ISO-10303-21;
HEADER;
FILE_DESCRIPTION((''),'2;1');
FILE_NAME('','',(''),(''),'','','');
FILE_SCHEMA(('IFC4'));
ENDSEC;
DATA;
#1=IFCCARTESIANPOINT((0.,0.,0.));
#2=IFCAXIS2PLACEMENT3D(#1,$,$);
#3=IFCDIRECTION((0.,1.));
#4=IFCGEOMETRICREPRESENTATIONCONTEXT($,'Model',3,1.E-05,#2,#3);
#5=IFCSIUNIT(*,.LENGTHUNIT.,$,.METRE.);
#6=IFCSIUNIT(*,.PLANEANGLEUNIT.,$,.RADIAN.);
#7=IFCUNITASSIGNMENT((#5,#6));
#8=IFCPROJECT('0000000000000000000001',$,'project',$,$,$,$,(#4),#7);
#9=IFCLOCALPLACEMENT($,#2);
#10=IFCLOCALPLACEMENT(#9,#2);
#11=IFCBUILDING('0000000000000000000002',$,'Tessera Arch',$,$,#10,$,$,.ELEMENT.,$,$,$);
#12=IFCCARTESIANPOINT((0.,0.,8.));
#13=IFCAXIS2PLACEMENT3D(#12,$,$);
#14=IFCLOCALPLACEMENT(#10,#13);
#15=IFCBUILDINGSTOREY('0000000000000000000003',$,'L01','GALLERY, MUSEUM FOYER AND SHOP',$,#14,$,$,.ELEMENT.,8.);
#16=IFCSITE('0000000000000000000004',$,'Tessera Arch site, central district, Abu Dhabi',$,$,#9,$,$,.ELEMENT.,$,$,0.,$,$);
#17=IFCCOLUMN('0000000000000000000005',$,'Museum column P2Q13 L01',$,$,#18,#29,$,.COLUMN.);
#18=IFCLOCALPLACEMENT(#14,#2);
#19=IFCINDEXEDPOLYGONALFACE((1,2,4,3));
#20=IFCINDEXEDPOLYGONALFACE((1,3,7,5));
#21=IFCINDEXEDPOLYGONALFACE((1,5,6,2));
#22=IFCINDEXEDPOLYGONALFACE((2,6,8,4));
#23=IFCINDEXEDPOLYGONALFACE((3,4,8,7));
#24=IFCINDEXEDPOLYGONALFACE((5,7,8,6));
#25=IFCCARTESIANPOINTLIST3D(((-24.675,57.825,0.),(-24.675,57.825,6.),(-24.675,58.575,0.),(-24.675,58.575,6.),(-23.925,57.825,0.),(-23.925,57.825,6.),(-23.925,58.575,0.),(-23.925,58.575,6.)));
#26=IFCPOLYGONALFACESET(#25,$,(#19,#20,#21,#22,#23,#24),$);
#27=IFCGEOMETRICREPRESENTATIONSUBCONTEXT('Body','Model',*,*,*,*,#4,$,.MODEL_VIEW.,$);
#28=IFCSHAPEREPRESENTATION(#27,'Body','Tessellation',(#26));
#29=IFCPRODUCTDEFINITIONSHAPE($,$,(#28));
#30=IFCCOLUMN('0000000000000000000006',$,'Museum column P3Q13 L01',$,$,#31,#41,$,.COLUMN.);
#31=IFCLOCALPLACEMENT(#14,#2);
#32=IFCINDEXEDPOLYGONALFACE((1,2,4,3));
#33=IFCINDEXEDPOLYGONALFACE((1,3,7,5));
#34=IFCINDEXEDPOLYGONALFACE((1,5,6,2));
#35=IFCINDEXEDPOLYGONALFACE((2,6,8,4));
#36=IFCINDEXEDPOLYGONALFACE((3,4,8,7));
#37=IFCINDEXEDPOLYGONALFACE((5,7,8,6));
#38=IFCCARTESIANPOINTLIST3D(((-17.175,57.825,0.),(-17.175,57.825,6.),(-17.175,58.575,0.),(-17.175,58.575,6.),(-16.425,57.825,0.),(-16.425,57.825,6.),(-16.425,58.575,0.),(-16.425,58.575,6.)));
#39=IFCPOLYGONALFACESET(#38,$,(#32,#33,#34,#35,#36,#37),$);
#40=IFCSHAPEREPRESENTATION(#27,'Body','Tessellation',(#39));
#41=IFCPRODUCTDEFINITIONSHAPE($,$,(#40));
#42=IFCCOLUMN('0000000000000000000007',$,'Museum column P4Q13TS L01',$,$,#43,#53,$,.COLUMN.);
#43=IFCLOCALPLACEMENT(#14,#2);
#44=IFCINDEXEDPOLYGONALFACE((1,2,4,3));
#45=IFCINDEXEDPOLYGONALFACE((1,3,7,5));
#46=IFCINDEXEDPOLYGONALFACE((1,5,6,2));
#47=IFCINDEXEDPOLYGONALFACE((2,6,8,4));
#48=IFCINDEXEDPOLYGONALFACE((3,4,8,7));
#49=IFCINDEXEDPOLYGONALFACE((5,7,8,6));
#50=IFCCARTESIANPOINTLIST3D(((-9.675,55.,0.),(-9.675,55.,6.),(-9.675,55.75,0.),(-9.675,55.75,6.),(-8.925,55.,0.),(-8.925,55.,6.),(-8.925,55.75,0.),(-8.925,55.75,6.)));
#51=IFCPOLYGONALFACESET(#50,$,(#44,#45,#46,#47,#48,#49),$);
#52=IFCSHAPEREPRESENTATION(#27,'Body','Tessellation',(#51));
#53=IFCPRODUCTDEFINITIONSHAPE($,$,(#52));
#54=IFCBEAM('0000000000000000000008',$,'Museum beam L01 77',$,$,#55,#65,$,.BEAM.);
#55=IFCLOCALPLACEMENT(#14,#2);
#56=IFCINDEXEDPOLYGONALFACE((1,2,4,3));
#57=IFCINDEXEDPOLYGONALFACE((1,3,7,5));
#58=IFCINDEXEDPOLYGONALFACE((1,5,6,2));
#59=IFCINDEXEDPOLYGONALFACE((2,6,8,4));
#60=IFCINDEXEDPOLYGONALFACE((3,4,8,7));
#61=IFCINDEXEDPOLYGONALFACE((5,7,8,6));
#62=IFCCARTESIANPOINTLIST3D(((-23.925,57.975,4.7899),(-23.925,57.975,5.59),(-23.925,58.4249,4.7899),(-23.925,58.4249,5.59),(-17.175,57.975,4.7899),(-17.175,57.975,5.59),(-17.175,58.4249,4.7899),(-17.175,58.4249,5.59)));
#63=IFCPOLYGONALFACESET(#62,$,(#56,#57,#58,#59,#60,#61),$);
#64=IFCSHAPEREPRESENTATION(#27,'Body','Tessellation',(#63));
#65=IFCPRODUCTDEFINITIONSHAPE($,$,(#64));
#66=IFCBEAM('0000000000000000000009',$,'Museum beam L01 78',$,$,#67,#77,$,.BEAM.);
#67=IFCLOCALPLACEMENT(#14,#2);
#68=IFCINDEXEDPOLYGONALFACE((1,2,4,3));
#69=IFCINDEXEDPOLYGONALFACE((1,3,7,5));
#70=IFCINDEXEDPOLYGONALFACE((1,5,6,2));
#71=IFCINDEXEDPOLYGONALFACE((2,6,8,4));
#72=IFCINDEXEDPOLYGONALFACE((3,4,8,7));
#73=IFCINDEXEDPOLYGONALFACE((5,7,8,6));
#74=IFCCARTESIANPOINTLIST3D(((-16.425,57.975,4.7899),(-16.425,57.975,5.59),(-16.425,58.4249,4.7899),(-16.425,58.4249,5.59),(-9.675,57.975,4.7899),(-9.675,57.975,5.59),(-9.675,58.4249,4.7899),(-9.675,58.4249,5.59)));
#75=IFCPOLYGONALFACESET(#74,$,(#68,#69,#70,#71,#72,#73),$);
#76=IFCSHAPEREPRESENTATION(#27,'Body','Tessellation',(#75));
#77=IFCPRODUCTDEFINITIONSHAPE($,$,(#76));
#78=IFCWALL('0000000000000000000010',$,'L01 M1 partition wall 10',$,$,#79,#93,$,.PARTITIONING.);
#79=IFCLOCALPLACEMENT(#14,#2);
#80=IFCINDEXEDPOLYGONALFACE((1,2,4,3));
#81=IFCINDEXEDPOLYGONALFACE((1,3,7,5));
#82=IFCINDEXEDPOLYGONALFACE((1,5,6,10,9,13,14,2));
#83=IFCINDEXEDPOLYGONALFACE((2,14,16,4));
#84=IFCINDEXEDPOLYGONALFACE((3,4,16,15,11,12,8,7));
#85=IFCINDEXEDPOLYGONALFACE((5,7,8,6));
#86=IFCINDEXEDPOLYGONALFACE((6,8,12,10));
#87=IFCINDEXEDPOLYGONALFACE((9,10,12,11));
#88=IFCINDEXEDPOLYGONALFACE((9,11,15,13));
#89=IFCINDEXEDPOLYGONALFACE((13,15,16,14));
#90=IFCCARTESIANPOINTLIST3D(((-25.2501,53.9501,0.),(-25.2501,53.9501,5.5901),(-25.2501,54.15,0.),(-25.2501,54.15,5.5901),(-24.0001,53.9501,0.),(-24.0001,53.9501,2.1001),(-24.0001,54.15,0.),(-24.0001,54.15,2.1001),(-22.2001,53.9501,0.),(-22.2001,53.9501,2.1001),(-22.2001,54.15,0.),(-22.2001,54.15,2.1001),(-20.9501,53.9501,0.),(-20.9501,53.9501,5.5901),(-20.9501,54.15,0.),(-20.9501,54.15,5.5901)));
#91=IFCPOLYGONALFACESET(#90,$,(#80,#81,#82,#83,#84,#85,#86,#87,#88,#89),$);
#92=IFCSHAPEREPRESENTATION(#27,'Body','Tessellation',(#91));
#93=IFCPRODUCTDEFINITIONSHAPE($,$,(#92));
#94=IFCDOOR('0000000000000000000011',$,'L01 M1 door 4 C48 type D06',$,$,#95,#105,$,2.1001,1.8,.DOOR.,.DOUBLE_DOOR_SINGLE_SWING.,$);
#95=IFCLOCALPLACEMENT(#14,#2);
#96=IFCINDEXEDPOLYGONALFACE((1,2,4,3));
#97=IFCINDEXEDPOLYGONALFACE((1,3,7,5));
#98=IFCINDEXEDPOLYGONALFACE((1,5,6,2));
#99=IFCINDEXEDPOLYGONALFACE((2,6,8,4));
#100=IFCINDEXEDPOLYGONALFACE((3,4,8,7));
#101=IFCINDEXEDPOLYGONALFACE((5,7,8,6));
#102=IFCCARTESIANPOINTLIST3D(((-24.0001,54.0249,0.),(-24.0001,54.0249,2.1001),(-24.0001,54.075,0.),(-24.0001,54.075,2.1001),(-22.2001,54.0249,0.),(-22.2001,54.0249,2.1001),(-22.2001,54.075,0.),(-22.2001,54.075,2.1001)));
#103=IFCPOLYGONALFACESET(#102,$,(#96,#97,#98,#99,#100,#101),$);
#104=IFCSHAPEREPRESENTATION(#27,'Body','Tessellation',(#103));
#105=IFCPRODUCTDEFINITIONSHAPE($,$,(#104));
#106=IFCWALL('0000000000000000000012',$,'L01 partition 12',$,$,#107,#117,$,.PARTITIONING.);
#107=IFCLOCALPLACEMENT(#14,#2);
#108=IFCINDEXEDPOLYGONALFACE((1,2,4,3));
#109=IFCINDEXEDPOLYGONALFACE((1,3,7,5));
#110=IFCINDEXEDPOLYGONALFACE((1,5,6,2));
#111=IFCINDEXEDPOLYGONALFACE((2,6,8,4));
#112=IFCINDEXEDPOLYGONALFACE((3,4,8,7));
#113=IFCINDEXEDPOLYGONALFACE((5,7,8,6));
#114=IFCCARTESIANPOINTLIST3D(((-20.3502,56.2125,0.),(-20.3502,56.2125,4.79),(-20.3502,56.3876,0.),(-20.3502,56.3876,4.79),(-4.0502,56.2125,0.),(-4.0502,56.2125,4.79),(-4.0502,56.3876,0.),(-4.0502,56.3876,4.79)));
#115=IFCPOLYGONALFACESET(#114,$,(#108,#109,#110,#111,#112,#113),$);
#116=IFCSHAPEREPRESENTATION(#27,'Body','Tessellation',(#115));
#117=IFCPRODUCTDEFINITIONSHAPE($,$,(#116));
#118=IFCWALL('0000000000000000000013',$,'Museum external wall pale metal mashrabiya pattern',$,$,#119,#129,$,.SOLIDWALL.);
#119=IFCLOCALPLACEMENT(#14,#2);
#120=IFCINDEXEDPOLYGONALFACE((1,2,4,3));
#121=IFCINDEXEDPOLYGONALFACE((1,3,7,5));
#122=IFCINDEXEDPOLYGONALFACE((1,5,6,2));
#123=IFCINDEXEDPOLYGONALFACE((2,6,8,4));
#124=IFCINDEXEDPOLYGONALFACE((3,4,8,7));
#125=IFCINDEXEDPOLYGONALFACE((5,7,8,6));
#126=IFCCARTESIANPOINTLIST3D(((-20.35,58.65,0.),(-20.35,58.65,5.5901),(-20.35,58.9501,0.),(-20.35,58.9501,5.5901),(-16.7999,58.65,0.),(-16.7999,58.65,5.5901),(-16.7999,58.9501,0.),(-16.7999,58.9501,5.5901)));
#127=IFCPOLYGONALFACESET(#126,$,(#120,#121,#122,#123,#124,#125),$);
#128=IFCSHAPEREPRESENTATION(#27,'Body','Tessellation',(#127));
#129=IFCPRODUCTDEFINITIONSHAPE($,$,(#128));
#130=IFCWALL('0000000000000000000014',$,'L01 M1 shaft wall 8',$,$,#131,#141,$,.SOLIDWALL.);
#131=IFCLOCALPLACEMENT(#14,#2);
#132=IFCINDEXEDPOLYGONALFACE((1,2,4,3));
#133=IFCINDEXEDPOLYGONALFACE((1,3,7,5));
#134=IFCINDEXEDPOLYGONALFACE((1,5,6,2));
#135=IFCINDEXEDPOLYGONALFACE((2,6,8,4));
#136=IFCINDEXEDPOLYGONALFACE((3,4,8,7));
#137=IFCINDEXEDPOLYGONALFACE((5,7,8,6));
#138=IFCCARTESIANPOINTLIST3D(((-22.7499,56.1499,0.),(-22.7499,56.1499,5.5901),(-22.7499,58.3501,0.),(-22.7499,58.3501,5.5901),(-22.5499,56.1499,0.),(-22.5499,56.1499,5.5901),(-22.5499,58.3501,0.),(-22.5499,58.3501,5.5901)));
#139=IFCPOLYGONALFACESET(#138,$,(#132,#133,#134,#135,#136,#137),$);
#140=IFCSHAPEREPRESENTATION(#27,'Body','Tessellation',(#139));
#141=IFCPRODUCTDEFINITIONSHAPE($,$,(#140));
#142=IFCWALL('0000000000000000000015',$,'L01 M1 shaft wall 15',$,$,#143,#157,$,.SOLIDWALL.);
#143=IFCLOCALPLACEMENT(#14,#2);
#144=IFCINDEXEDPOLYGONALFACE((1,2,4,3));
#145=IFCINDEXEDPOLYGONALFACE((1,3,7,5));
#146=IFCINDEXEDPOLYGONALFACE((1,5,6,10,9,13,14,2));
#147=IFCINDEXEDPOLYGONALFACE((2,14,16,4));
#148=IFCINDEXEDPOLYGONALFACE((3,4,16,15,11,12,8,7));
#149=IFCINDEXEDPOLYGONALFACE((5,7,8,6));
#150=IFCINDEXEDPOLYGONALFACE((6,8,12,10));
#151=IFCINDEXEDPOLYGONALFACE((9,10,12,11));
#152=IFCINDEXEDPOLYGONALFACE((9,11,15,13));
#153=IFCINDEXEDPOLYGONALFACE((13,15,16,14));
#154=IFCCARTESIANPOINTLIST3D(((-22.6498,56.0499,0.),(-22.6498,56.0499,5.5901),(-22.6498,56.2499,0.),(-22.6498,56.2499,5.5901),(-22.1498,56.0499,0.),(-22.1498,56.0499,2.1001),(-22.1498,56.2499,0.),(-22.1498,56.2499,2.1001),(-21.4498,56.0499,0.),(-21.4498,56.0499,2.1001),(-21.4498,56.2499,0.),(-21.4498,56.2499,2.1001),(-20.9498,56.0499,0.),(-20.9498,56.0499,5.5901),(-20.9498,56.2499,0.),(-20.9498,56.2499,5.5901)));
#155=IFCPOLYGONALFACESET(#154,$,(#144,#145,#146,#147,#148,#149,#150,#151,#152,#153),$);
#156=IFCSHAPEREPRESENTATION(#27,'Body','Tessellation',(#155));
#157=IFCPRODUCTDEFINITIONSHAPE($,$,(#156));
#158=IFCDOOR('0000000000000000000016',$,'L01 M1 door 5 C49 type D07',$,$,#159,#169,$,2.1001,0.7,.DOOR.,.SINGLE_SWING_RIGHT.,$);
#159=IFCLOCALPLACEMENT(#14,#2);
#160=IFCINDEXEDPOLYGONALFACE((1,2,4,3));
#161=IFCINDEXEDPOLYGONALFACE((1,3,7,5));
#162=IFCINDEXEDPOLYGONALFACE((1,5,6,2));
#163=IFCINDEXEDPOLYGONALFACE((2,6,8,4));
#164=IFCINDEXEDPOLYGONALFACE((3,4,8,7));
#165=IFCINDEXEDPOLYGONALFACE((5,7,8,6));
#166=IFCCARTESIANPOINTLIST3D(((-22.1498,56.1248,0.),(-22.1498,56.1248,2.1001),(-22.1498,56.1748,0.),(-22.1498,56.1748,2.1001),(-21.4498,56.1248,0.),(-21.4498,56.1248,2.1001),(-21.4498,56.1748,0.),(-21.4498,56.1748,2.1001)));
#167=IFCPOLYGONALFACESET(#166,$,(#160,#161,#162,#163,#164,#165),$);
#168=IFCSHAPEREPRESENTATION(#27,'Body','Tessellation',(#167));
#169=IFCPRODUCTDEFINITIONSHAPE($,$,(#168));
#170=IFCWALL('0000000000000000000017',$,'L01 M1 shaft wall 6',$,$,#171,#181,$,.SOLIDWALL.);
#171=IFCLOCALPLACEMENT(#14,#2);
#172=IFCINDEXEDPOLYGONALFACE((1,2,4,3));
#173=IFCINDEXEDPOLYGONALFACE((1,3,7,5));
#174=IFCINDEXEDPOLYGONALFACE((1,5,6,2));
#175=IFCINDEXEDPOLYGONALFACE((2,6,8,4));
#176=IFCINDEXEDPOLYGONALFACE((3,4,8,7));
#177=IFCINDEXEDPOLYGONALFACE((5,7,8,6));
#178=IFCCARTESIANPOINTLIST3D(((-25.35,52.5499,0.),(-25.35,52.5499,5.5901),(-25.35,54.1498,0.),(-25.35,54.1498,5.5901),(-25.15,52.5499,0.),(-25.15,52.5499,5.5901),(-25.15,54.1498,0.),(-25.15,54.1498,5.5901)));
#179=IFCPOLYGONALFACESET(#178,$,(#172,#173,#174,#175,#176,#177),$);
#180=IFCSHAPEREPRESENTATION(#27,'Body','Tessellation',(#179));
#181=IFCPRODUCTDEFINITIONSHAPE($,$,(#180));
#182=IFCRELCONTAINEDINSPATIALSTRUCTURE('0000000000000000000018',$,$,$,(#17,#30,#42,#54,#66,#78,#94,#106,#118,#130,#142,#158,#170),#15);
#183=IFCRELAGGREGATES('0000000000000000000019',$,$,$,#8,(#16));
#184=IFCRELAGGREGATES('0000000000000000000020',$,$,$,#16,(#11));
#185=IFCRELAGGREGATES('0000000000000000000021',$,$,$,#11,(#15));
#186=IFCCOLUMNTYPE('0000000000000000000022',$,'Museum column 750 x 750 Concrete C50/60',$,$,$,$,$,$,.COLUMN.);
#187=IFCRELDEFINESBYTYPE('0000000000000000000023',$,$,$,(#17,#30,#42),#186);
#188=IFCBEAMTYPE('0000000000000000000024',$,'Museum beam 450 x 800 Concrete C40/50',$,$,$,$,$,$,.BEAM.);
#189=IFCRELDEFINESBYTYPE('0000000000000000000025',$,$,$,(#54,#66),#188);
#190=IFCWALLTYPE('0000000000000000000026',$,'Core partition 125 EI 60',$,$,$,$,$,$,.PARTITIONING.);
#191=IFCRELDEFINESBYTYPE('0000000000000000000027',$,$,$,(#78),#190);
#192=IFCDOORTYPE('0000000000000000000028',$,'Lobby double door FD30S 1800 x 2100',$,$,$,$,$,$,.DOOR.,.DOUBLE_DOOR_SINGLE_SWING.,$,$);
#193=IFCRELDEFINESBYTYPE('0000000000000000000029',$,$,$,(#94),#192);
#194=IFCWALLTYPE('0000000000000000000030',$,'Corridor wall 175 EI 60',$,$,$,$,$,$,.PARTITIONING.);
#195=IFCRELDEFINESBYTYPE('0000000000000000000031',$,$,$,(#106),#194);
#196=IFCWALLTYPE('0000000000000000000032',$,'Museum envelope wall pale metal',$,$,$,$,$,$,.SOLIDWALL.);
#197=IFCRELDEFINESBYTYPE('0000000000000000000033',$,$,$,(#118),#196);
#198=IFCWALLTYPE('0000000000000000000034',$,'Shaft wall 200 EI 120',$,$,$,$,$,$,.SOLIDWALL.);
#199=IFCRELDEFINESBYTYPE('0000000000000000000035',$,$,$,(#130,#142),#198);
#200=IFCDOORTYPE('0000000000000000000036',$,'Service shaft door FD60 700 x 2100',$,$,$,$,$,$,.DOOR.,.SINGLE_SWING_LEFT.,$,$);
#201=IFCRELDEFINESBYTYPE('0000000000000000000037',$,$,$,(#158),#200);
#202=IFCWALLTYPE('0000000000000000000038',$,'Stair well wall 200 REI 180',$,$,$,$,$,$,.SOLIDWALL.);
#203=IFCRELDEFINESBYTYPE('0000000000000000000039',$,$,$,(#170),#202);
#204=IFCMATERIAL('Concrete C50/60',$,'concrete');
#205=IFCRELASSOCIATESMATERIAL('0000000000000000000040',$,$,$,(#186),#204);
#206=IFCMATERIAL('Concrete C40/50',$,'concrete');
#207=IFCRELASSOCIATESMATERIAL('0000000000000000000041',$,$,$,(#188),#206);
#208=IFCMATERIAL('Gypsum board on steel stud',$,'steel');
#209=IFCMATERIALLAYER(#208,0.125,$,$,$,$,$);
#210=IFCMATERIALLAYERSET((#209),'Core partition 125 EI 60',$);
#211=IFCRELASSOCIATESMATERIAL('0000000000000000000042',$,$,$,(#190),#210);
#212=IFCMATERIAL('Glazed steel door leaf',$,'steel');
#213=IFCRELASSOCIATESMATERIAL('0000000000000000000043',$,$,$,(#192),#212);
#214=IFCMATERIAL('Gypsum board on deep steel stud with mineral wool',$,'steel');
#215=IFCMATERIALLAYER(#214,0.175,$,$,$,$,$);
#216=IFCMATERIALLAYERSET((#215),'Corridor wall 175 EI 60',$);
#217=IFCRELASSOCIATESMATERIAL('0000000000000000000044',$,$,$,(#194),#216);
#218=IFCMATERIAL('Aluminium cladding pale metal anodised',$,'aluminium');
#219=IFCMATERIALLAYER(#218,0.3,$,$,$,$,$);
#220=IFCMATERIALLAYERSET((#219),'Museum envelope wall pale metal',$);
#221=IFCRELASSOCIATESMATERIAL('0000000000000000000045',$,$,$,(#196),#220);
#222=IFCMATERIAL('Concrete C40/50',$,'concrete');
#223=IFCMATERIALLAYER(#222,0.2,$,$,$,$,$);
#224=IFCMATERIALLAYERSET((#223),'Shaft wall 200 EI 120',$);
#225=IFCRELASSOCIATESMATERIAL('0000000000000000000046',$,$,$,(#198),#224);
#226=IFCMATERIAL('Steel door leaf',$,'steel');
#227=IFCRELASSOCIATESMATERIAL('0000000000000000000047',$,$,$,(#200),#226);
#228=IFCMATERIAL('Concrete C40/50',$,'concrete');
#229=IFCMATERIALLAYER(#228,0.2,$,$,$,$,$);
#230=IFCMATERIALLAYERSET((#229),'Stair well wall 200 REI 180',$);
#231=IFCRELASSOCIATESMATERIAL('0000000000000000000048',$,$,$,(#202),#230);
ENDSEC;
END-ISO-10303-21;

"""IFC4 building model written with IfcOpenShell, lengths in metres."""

from ifc_helpers import new_model, si_unit, direction, frame, frame_2d, origin, origin_2d, place, context, subcontext, project, spatial, rectangle, extrude, material, layer, layer_set, material_profile, profile_set, type_object, element, fill, save


model = new_model("IFC4")

# Units and contexts
model_context = context("Model", 3, precision=1e-05, world=origin(), true_north=direction((0.0, 1.0)))
body_context = subcontext(model_context, "Body", "Model", "MODEL_VIEW")
ifc_project = project(units=[si_unit("LENGTHUNIT", "METRE"), si_unit("PLANEANGLEUNIT", "RADIAN")], contexts=[model_context])

# Site, building, storey
site_placement = place(None, origin())
site = spatial("IfcSite", under=ifc_project, at=site_placement, Name="Tessera Arch site, central district, Abu Dhabi", CompositionType="ELEMENT", RefElevation=0.0)
building_placement = place(site_placement, origin())
building = spatial("IfcBuilding", under=site, at=building_placement, Name="Tessera Arch", CompositionType="ELEMENT")
storey_placement = place(building_placement, frame((0.0, 0.0, 8.0)))
storey = spatial("IfcBuildingStorey", under=building, at=storey_placement, Name="L01", Description="GALLERY, MUSEUM FOYER AND SHOP", CompositionType="ELEMENT", Elevation=8.0)

# Columns
ifc_material_1 = material(Name="Concrete C50/60", Category="concrete")
ifc_material_profile_1 = material_profile(ifc_material_1, rectangle(XDim=0.75, YDim=0.75, at=origin_2d()), Name="Museum column 750 x 750 Concrete C50/60")
ifc_profile_set_1 = profile_set([ifc_material_profile_1], Name="Concrete C50/60")
column_type = type_object("IfcColumnType", Name="Museum column 750 x 750 Concrete C50/60", PredefinedType="COLUMN", material=ifc_profile_set_1)
for number, where, z_axis, x_axis, name in (
    (1, (-24.3, 58.2, 0.0), (0.0, 0.0, 1.0), (1.0, 0.0, 0.0), "Museum column P2Q13 L01"),
    (2, (-16.8, 58.2, 0.0), (0.0, 0.0, 1.0), (1.0, 0.0, 0.0), "Museum column P3Q13 L01"),
    (3, (-9.3, 55.375, 0.0), (0.0, 0.0, 1.0), (1.0, 0.0, 0.0), "Museum column P4Q13TS L01"),
):
    element("IfcColumn", number, at=place(storey_placement, frame(where, z_axis=z_axis, x_axis=x_axis)), inside=storey, type_object=column_type, Name=name, PredefinedType="COLUMN", context=body_context, shape_type="SweptSolid", body=[
        extrude(rectangle(XDim=0.75, YDim=0.75, at=origin_2d()), origin(), (0.0, 0.0, 1.0), 6.0),
    ])

# Beams
ifc_material_2 = material(Name="Concrete C40/50", Category="concrete")
ifc_material_profile_2 = material_profile(ifc_material_2, rectangle(XDim=0.45, YDim=0.8, at=origin_2d()), Name="Museum beam 450 x 800 Concrete C40/50")
ifc_profile_set_2 = profile_set([ifc_material_profile_2], Name="Concrete C40/50")
beam_type = type_object("IfcBeamType", Name="Museum beam 450 x 800 Concrete C40/50", PredefinedType="BEAM", material=ifc_profile_set_2)
for number, where, z_axis, x_axis, name in (
    (4, (-23.925, 58.2, 5.1899), (1.0, 0.0, 0.0), (0.0, 1.0, 0.0), "Museum beam L01 77"),
    (5, (-16.425, 58.2, 5.1899), (1.0, 0.0, 0.0), (0.0, 1.0, 0.0), "Museum beam L01 78"),
):
    element("IfcBeam", number, at=place(storey_placement, frame(where, z_axis=z_axis, x_axis=x_axis)), inside=storey, type_object=beam_type, Name=name, PredefinedType="BEAM", context=body_context, shape_type="SweptSolid", body=[
        extrude(rectangle(XDim=0.45, YDim=0.8, at=origin_2d()), origin(), (0.0, 0.0, 1.0), 6.75),
    ])

# Wall, opening, door
ifc_material_3 = material(Name="Gypsum board on steel stud", Category="steel")
ifc_layer_1 = layer(ifc_material_3, 0.125)
ifc_layer_set_1 = layer_set([ifc_layer_1], Name="Core partition 125 EI 60")
wall_type_1 = type_object("IfcWallType", Name="Core partition 125 EI 60", PredefinedType="PARTITIONING", material=ifc_layer_set_1)
wall_1_placement = place(storey_placement, frame((-25.25, 54.05, 0.0), z_axis=(0.0, 0.0, 1.0), x_axis=(1.0, 0.0, 0.0)))
wall_1 = element("IfcWall", 6, at=wall_1_placement, inside=storey, type_object=wall_type_1, Name="L01 M1 partition wall 10", PredefinedType="PARTITIONING", context=body_context, shape_type="SweptSolid", body=[
    extrude(rectangle(XDim=4.3, YDim=0.2, at=frame_2d((2.1499, 0.0))), origin(), (0.0, 0.0, 1.0), 5.5901),
])
opening_1_placement = place(wall_1_placement, frame((1.25, 0.0, 0.0)))
opening_1 = element("IfcOpeningElement", 7, at=opening_1_placement, cuts=wall_1, PredefinedType="OPENING", context=body_context, shape_type="SweptSolid", body=[
    extrude(rectangle(XDim=1.8, YDim=2.1001, at=frame_2d((0.8999, 1.05))), frame((0.0, 0.1099, 0.0), z_axis=(0.0, -1.0, 0.0), x_axis=(1.0, 0.0, 0.0)), (0.0, 0.0, 1.0), 0.22),
])
ifc_material_4 = material(Name="Glazed steel door leaf", Category="steel")
door_type_1 = type_object("IfcDoorType", Name="Lobby double door FD30S 1800 x 2100", OperationType="DOUBLE_DOOR_SINGLE_SWING", PredefinedType="DOOR", material=ifc_material_4)
door_1_placement = place(opening_1_placement, origin())
door_1 = element("IfcDoor", 8, at=door_1_placement, inside=storey, type_object=door_type_1, Name="L01 M1 door 4 C48 type D06", OperationType="DOUBLE_DOOR_SINGLE_SWING", OverallHeight=2.1001, OverallWidth=1.8, PredefinedType="DOOR", context=body_context, shape_type="SweptSolid", body=[
    extrude(rectangle(XDim=1.8, YDim=2.1001, at=frame_2d((0.8999, 1.05))), frame((0.0, 0.0249, 0.0), z_axis=(0.0, -1.0, 0.0), x_axis=(1.0, 0.0, 0.0)), (0.0, 0.0, 1.0), 0.05),
])
fill(opening_1, door_1)

# Walls
ifc_material_5 = material(Name="Gypsum board on deep steel stud with mineral wool", Category="steel")
ifc_layer_2 = layer(ifc_material_5, 0.175)
ifc_layer_set_2 = layer_set([ifc_layer_2], Name="Corridor wall 175 EI 60")
wall_type_2 = type_object("IfcWallType", Name="Corridor wall 175 EI 60", PredefinedType="PARTITIONING", material=ifc_layer_set_2)
wall_2_placement = place(storey_placement, frame((-20.3501, 56.3, 0.0), z_axis=(0.0, 0.0, 1.0), x_axis=(1.0, 0.0, 0.0)))
element("IfcWall", 9, at=wall_2_placement, inside=storey, type_object=wall_type_2, Name="L01 partition 12", PredefinedType="PARTITIONING", context=body_context, shape_type="SweptSolid", body=[
    extrude(rectangle(XDim=16.3, YDim=0.175, at=frame_2d((8.1499, 0.0))), origin(), (0.0, 0.0, 1.0), 4.79),
])
ifc_material_6 = material(Name="Aluminium cladding pale metal anodised", Category="aluminium")
ifc_layer_3 = layer(ifc_material_6, 0.3)
ifc_layer_set_3 = layer_set([ifc_layer_3], Name="Museum envelope wall pale metal")
wall_type_3 = type_object("IfcWallType", Name="Museum envelope wall pale metal", PredefinedType="SOLIDWALL", material=ifc_layer_set_3)
wall_3_placement = place(storey_placement, frame((-16.8, 58.8, 0.0), z_axis=(0.0, 0.0, 1.0), x_axis=(-1.0, 0.0, 0.0)))
element("IfcWall", 10, at=wall_3_placement, inside=storey, type_object=wall_type_3, Name="Museum external wall pale metal mashrabiya pattern", PredefinedType="SOLIDWALL", context=body_context, shape_type="SweptSolid", body=[
    extrude(rectangle(XDim=3.55, YDim=0.3, at=frame_2d((1.7749, 0.0))), origin(), (0.0, 0.0, 1.0), 5.5901),
])
ifc_material_7 = material(Name="Concrete C40/50", Category="concrete")
ifc_layer_4 = layer(ifc_material_7, 0.2)
ifc_layer_set_4 = layer_set([ifc_layer_4], Name="Shaft wall 200 EI 120")
wall_type_4 = type_object("IfcWallType", Name="Shaft wall 200 EI 120", PredefinedType="SOLIDWALL", material=ifc_layer_set_4)
wall_4_placement = place(storey_placement, frame((-22.6499, 56.1499, 0.0), z_axis=(0.0, 0.0, 1.0), x_axis=(0.0, 1.0, 0.0)))
element("IfcWall", 11, at=wall_4_placement, inside=storey, type_object=wall_type_4, Name="L01 M1 shaft wall 8", PredefinedType="SOLIDWALL", context=body_context, shape_type="SweptSolid", body=[
    extrude(rectangle(XDim=2.2002, YDim=0.2, at=frame_2d((1.1001, 0.0))), origin(), (0.0, 0.0, 1.0), 5.5901),
])

# Wall, opening, door
wall_5_placement = place(storey_placement, frame((-22.6499, 56.1499, 0.0), z_axis=(0.0, 0.0, 1.0), x_axis=(1.0, 0.0, 0.0)))
wall_5 = element("IfcWall", 12, at=wall_5_placement, inside=storey, type_object=wall_type_4, Name="L01 M1 shaft wall 15", PredefinedType="SOLIDWALL", context=body_context, shape_type="SweptSolid", body=[
    extrude(rectangle(XDim=1.7, YDim=0.2, at=frame_2d((0.8501, 0.0))), origin(), (0.0, 0.0, 1.0), 5.5901),
])
opening_2_placement = place(wall_5_placement, frame((0.5, 0.0, 0.0)))
opening_2 = element("IfcOpeningElement", 13, at=opening_2_placement, cuts=wall_5, PredefinedType="OPENING", context=body_context, shape_type="SweptSolid", body=[
    extrude(rectangle(XDim=0.7, YDim=2.1001, at=frame_2d((0.3501, 1.05))), frame((0.0, 0.1099, 0.0), z_axis=(0.0, -1.0, 0.0), x_axis=(1.0, 0.0, 0.0)), (0.0, 0.0, 1.0), 0.22),
])
ifc_material_8 = material(Name="Steel door leaf", Category="steel")
door_type_2 = type_object("IfcDoorType", Name="Service shaft door FD60 700 x 2100", OperationType="SINGLE_SWING_LEFT", PredefinedType="DOOR", material=ifc_material_8)
door_2_placement = place(opening_2_placement, origin())
door_2 = element("IfcDoor", 14, at=door_2_placement, inside=storey, type_object=door_type_2, Name="L01 M1 door 5 C49 type D07", OperationType="SINGLE_SWING_RIGHT", OverallHeight=2.1001, OverallWidth=0.7, PredefinedType="DOOR", context=body_context, shape_type="SweptSolid", body=[
    extrude(rectangle(XDim=0.7, YDim=2.1001, at=frame_2d((0.3501, 1.05))), frame((0.0, 0.0249, 0.0), z_axis=(0.0, -1.0, 0.0), x_axis=(1.0, 0.0, 0.0)), (0.0, 0.0, 1.0), 0.05),
])
fill(opening_2, door_2)

# Wall
ifc_material_9 = material(Name="Concrete C40/50", Category="concrete")
ifc_layer_5 = layer(ifc_material_9, 0.2)
ifc_layer_set_5 = layer_set([ifc_layer_5], Name="Stair well wall 200 REI 180")
wall_type_5 = type_object("IfcWallType", Name="Stair well wall 200 REI 180", PredefinedType="SOLIDWALL", material=ifc_layer_set_5)
wall_6_placement = place(storey_placement, frame((-25.25, 52.55, 0.0), z_axis=(0.0, 0.0, 1.0), x_axis=(0.0, 1.0, 0.0)))
element("IfcWall", 15, at=wall_6_placement, inside=storey, type_object=wall_type_5, Name="L01 M1 shaft wall 6", PredefinedType="SOLIDWALL", context=body_context, shape_type="SweptSolid", body=[
    extrude(rectangle(XDim=1.5999, YDim=0.2, at=frame_2d((0.7998, 0.0))), origin(), (0.0, 0.0, 1.0), 5.5901),
])

save(model, "model.ifc")
